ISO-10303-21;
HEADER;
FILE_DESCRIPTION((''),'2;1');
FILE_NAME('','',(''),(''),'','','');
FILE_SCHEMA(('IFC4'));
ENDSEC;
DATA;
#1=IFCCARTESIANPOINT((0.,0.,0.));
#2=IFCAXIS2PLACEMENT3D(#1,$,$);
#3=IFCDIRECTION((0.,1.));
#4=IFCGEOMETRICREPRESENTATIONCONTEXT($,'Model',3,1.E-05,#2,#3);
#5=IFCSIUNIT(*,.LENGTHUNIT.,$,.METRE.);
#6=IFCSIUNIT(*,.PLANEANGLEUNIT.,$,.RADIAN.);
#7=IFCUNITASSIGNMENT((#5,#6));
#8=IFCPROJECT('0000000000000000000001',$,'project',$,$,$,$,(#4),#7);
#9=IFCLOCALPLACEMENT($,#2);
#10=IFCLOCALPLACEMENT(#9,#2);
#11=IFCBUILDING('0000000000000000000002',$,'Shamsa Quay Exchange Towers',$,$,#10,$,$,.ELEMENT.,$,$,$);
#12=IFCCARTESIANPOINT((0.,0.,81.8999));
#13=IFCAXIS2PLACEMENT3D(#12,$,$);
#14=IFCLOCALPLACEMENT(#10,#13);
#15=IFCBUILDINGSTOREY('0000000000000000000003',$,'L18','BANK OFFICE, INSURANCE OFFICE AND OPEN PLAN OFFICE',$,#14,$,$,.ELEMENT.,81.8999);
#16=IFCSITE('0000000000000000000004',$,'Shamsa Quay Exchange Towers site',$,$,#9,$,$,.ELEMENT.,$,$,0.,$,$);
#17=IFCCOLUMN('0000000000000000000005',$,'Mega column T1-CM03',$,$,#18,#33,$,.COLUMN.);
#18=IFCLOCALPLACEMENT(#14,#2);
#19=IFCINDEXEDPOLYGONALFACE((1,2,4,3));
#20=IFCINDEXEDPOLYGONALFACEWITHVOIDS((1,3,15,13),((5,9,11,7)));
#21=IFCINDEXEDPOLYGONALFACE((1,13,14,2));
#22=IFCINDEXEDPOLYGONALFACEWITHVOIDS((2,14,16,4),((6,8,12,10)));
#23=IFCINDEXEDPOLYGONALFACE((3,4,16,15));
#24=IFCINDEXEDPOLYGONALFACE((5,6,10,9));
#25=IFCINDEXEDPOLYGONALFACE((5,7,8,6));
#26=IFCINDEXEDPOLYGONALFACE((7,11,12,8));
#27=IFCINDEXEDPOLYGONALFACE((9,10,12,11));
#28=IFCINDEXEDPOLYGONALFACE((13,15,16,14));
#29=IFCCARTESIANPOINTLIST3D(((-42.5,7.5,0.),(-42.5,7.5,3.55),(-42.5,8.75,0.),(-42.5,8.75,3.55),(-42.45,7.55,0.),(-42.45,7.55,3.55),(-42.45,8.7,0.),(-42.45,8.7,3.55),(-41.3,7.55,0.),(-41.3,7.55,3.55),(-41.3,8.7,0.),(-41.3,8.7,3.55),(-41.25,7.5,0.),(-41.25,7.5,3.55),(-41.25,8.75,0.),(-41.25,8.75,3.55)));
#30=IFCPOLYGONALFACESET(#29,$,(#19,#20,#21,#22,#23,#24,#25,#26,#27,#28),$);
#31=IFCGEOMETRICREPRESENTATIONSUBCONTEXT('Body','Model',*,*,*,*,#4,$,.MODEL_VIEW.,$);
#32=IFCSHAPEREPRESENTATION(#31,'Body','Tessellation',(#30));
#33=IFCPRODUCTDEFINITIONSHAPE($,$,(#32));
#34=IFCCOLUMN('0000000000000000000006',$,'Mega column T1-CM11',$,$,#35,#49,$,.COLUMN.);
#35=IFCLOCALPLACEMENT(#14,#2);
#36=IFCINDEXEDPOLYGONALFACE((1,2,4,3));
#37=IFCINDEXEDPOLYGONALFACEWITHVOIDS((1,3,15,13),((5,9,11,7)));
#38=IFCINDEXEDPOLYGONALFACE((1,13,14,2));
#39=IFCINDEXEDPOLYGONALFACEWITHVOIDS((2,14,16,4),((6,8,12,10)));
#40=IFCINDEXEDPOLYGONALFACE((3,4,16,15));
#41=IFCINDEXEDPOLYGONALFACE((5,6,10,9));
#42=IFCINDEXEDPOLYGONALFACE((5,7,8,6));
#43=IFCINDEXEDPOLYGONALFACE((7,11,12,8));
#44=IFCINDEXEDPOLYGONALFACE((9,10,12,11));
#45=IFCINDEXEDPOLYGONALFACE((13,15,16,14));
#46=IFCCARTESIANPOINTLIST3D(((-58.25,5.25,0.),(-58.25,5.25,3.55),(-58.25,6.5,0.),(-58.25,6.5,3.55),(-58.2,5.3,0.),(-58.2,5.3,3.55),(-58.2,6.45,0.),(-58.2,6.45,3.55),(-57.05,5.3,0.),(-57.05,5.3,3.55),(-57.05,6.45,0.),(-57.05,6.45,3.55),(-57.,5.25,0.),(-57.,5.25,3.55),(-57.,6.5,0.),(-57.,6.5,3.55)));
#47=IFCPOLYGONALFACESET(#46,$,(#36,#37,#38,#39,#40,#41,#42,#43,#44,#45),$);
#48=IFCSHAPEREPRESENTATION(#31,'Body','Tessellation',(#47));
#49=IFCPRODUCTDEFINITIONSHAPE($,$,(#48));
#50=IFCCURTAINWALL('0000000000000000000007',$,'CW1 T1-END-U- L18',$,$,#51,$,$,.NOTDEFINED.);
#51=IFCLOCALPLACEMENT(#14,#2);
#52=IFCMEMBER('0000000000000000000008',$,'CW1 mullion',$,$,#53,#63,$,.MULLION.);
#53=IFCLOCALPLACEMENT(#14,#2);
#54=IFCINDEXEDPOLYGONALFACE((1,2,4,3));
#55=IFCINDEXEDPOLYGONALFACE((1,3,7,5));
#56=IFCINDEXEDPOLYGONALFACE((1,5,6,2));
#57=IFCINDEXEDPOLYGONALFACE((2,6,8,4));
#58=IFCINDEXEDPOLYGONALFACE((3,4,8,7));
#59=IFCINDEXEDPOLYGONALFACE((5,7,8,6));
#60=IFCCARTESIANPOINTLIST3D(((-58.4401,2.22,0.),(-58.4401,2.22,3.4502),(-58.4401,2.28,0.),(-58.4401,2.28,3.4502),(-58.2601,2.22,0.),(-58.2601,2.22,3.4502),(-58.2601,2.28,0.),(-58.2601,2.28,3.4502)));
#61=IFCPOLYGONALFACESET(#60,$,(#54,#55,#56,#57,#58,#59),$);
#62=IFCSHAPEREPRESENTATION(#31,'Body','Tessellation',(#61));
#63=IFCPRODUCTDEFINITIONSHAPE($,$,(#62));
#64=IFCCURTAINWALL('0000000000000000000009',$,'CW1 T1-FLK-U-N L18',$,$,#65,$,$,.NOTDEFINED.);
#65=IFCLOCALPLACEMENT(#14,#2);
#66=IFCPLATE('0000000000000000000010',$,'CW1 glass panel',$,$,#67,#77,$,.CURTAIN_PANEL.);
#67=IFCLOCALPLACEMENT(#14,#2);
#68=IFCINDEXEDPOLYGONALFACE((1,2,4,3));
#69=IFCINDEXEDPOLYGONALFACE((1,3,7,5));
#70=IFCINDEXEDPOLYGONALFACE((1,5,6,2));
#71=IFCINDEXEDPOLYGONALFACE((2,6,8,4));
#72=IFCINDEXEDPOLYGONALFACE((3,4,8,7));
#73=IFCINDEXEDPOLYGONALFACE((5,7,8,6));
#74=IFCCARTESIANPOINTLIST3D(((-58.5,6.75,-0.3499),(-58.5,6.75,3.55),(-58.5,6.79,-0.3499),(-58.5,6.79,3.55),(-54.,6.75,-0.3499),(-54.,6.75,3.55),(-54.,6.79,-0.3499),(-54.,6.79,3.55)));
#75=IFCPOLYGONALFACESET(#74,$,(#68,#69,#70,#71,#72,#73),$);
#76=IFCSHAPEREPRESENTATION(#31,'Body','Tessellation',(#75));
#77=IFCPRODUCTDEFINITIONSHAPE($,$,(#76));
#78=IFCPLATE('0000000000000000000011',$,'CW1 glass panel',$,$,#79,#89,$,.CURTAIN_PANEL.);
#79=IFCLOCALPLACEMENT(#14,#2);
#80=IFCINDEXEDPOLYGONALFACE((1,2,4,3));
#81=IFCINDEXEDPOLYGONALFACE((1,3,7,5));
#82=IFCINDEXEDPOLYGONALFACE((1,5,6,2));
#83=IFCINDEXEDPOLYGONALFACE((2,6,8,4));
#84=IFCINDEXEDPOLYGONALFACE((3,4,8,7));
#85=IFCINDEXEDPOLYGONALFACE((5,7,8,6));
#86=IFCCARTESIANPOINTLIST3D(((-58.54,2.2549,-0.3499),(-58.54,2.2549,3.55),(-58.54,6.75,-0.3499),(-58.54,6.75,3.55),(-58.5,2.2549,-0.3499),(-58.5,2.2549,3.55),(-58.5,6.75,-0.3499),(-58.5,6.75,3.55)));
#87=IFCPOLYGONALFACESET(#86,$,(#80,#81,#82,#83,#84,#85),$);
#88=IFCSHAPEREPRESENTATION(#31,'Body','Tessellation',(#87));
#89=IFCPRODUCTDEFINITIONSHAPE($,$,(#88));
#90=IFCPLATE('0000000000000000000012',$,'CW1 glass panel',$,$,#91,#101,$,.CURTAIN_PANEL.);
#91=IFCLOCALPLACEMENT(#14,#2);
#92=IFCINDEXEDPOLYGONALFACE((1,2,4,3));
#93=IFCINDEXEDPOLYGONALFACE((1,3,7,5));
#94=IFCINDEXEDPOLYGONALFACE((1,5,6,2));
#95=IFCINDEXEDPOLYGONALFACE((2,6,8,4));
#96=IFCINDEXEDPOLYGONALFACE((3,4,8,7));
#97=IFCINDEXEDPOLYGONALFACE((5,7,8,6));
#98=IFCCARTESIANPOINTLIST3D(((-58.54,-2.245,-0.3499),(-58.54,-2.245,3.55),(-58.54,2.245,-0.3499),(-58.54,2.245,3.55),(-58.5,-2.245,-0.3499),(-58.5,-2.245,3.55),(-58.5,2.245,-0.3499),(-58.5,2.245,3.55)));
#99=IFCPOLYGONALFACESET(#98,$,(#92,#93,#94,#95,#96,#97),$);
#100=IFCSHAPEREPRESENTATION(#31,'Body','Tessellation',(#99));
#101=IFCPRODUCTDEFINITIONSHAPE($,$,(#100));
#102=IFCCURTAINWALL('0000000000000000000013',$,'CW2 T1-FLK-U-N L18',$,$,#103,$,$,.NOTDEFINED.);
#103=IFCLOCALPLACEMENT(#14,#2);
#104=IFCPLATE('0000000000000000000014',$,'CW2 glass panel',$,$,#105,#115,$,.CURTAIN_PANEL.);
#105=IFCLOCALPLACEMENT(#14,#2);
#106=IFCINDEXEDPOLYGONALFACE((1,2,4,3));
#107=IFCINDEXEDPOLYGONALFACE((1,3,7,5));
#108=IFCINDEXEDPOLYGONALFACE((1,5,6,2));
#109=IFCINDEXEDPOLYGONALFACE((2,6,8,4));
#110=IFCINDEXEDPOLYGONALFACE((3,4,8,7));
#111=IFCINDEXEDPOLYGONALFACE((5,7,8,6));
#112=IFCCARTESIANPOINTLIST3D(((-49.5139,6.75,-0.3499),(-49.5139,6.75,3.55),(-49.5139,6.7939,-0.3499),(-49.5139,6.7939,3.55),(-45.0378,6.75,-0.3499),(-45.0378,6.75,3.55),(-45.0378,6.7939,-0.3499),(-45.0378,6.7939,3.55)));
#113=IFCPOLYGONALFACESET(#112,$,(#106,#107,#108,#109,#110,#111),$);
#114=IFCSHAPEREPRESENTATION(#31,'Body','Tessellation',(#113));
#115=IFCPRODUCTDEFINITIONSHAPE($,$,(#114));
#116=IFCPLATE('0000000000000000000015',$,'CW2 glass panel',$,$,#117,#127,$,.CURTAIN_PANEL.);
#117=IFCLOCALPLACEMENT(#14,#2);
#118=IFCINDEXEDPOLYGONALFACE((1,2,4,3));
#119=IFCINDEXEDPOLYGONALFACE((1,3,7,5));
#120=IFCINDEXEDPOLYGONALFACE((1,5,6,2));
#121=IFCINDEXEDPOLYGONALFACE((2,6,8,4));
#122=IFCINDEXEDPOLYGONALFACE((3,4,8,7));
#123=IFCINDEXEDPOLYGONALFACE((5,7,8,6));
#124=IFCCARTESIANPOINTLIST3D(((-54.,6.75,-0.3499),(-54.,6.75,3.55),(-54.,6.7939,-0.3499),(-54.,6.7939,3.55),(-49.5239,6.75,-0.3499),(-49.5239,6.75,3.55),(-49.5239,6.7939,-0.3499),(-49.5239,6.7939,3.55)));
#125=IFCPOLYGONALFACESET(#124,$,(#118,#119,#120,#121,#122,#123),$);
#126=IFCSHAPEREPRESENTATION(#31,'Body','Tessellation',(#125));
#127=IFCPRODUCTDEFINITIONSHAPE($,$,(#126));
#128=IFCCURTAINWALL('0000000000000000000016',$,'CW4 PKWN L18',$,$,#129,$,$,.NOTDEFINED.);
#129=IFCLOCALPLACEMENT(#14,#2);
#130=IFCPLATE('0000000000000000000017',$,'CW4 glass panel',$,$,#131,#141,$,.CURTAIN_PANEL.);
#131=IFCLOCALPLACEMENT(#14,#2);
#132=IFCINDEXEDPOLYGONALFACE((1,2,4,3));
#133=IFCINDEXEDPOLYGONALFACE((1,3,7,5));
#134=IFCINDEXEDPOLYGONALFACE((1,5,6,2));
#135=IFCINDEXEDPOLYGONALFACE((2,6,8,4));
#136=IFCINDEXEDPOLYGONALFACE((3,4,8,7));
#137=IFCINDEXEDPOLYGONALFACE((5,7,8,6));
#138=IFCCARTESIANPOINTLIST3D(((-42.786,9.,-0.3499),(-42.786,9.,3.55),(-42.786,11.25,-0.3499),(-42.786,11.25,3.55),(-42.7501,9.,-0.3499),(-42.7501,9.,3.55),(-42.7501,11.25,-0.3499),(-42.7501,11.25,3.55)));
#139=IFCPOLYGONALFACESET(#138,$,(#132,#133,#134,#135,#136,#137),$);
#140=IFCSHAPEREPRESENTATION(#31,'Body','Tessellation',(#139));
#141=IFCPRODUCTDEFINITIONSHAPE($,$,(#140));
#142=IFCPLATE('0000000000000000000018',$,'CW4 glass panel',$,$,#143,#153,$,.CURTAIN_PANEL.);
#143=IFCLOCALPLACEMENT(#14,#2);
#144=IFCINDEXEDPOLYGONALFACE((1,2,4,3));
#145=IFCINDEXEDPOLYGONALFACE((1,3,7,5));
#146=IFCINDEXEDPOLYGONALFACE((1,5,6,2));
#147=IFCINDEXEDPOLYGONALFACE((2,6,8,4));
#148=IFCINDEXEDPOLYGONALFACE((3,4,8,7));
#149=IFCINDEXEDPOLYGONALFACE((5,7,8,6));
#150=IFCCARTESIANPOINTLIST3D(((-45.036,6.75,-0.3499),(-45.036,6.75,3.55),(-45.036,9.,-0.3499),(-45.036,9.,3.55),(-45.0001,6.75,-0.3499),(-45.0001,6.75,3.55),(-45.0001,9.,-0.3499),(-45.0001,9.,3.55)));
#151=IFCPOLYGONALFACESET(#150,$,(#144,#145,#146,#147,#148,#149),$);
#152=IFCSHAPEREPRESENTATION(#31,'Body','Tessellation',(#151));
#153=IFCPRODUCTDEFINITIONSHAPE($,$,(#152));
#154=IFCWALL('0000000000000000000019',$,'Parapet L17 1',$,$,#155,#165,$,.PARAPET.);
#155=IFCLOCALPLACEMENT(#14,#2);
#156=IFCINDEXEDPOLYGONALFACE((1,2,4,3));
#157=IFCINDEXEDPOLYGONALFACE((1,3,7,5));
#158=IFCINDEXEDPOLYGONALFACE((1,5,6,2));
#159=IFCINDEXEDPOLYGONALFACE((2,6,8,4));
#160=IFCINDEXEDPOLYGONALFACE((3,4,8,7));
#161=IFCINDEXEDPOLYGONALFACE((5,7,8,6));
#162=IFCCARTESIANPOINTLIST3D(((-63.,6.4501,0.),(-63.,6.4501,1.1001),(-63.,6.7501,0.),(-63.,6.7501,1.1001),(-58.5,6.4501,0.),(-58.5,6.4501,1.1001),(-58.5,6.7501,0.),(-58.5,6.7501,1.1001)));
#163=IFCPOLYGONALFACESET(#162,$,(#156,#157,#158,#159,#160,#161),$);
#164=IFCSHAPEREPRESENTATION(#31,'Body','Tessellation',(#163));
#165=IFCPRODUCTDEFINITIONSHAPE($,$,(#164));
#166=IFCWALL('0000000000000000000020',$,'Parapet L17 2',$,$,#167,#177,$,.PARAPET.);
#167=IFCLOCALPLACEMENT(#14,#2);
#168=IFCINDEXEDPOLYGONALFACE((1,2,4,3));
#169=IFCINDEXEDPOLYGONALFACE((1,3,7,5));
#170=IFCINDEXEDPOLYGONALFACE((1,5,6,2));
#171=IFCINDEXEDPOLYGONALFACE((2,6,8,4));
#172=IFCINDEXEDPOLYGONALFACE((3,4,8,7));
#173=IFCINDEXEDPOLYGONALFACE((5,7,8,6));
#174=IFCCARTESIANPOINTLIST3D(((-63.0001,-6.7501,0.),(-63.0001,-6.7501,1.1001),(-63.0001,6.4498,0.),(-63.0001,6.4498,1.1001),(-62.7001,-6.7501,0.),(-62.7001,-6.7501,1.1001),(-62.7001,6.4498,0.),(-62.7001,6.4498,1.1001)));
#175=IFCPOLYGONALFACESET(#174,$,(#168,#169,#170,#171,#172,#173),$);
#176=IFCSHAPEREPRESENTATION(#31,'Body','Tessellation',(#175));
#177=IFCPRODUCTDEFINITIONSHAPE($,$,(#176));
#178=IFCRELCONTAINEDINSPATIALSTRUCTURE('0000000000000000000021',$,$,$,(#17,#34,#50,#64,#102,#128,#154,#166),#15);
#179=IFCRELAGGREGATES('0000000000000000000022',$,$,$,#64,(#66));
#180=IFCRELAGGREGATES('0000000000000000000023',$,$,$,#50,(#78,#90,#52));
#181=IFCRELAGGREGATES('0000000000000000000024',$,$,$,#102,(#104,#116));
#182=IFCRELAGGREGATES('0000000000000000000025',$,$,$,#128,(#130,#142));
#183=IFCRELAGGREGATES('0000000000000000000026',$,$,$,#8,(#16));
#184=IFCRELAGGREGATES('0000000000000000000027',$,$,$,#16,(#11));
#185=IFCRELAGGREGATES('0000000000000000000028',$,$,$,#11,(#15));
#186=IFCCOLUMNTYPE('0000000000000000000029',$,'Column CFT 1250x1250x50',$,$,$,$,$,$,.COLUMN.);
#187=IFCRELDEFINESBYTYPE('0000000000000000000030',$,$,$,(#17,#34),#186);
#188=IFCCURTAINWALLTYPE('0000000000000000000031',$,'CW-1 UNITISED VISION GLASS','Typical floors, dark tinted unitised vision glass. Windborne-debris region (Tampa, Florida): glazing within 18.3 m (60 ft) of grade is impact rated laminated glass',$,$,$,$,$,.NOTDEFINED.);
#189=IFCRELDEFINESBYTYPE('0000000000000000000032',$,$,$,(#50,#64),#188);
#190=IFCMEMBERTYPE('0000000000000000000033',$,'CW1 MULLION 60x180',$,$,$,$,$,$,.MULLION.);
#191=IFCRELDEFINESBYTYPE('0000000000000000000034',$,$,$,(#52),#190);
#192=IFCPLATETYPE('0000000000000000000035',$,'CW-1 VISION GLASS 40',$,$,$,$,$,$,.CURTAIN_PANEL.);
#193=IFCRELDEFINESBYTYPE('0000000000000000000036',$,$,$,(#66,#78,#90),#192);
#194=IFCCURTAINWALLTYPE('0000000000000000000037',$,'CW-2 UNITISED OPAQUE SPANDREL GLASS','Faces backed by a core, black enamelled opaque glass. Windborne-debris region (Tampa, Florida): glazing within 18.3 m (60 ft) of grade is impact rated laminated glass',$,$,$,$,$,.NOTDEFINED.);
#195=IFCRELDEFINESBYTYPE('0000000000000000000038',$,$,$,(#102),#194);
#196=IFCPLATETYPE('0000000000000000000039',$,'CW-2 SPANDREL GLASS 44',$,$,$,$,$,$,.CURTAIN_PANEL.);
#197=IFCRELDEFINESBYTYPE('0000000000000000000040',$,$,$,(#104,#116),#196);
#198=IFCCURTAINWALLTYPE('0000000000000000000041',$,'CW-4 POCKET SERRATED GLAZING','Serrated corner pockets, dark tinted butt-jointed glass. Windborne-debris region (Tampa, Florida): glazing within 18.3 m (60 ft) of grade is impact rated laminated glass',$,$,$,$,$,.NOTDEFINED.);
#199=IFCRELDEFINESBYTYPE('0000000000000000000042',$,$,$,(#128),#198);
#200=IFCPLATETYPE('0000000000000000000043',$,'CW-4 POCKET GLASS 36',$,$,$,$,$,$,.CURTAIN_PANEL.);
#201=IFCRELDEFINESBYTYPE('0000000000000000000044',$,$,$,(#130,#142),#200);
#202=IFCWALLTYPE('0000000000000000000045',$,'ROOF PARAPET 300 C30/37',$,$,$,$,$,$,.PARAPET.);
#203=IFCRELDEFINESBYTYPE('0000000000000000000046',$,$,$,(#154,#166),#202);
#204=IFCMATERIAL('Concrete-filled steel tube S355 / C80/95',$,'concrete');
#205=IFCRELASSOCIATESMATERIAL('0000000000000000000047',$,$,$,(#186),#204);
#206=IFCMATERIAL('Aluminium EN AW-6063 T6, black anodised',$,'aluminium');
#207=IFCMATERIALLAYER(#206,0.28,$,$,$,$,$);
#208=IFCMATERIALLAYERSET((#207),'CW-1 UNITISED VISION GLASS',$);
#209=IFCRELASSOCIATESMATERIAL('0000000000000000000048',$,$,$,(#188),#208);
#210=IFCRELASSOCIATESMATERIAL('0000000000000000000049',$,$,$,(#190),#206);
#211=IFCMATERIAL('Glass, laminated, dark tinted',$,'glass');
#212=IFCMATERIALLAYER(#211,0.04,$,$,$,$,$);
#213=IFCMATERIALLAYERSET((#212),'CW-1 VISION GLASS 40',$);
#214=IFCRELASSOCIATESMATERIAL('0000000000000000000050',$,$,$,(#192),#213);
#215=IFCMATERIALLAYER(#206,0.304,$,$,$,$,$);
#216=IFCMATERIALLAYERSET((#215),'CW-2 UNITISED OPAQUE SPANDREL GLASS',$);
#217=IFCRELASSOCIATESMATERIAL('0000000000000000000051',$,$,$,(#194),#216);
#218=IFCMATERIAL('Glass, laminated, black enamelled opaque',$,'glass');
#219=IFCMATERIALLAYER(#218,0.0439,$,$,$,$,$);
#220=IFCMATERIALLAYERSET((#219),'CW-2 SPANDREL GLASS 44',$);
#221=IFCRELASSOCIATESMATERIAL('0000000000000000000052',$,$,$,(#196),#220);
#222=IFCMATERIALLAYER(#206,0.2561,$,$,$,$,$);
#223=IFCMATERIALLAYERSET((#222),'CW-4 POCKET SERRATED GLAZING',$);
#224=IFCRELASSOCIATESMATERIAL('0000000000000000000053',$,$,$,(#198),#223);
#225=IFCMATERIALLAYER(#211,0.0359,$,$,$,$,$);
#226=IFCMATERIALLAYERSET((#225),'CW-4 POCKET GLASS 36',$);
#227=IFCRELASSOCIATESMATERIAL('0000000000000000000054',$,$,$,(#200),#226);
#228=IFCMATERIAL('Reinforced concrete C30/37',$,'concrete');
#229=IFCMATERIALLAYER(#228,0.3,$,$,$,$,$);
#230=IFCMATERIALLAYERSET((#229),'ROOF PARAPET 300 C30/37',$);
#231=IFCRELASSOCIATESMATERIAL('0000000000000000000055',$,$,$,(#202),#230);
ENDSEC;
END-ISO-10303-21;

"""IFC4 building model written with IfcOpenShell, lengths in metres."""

from ifc_helpers import new_model, si_unit, direction, frame, frame_2d, origin, origin_2d, place, context, subcontext, project, spatial, rectangle, hollow_rectangle, extrude, material, layer, layer_set, material_profile, profile_set, type_object, element, aggregate, save


model = new_model("IFC4")

# Units and contexts
model_context = context("Model", 3, precision=1e-05, world=origin(), true_north=direction((0.0, 1.0)))
body_context = subcontext(model_context, "Body", "Model", "MODEL_VIEW")
ifc_project = project(units=[si_unit("LENGTHUNIT", "METRE"), si_unit("PLANEANGLEUNIT", "RADIAN")], contexts=[model_context])

# Site, building, storey
site_placement = place(None, origin())
site = spatial("IfcSite", under=ifc_project, at=site_placement, Name="Shamsa Quay Exchange Towers site", CompositionType="ELEMENT", RefElevation=0.0)
building_placement = place(site_placement, origin())
building = spatial("IfcBuilding", under=site, at=building_placement, Name="Shamsa Quay Exchange Towers", CompositionType="ELEMENT")
storey_placement = place(building_placement, frame((0.0, 0.0, 81.8999)))
storey = spatial("IfcBuildingStorey", under=building, at=storey_placement, Name="L18", Description="BANK OFFICE, INSURANCE OFFICE AND OPEN PLAN OFFICE", CompositionType="ELEMENT", Elevation=81.8999)

# Columns
ifc_material_1 = material(Name="Concrete-filled steel tube S355 / C80/95", Category="concrete")
ifc_material_profile_1 = material_profile(ifc_material_1, hollow_rectangle(XDim=1.25, YDim=1.25, WallThickness=0.05, at=origin_2d()), Name="CFT 1250x1250x50")
ifc_profile_set_1 = profile_set([ifc_material_profile_1], Name="Concrete-filled steel tube S355 / C80/95")
column_type = type_object("IfcColumnType", Name="Column CFT 1250x1250x50", PredefinedType="COLUMN", material=ifc_profile_set_1)
for number, where, name in (
    (1, (-41.875, 8.125, 0.0), "Mega column T1-CM03"),
    (2, (-57.625, 5.875, 0.0), "Mega column T1-CM11"),
):
    element("IfcColumn", number, at=place(storey_placement, frame(where)), inside=storey, type_object=column_type, Name=name, PredefinedType="COLUMN", context=body_context, shape_type="SweptSolid", body=[
        extrude(hollow_rectangle(XDim=1.25, YDim=1.25, WallThickness=0.05, at=origin_2d()), origin(), (0.0, 0.0, 1.0), 3.55),
    ])

# Curtain wall, member
ifc_material_2 = material(Name="Aluminium EN AW-6063 T6, black anodised", Category="aluminium")
ifc_layer_1 = layer(ifc_material_2, 0.28)
ifc_layer_set_1 = layer_set([ifc_layer_1], Name="CW-1 UNITISED VISION GLASS")
curtain_wall_type_1 = type_object("IfcCurtainWallType", Name="CW-1 UNITISED VISION GLASS", Description="Typical floors, dark tinted unitised vision glass. Windborne-debris region (Tampa, Florida): glazing within 18.3 m (60 ft) of grade is impact rated laminated glass", PredefinedType="NOTDEFINED", material=ifc_layer_set_1)
curtain_wall_1_placement = place(storey_placement, origin())
curtain_wall_1 = element("IfcCurtainWall", 3, at=curtain_wall_1_placement, inside=storey, type_object=curtain_wall_type_1, Name="CW1 T1-END-U- L18", PredefinedType="NOTDEFINED")
ifc_material_profile_2 = material_profile(ifc_material_2, rectangle(XDim=0.1799, YDim=0.0601, at=origin_2d()), Name="MU60x180")
ifc_profile_set_2 = profile_set([ifc_material_profile_2], Name="Aluminium EN AW-6063 T6, black anodised")
member_type = type_object("IfcMemberType", Name="CW1 MULLION 60x180", PredefinedType="MULLION", material=ifc_profile_set_2)
member_placement = place(storey_placement, frame((-58.3501, 2.25, 0.0)))
member = element("IfcMember", 4, at=member_placement, type_object=member_type, Name="CW1 mullion", PredefinedType="MULLION", context=body_context, shape_type="SweptSolid", body=[
    extrude(rectangle(XDim=0.1799, YDim=0.0601, at=origin_2d()), origin(), (0.0, 0.0, 1.0), 3.4502),
])

# Curtain wall, plate
curtain_wall_2_placement = place(storey_placement, origin())
curtain_wall_2 = element("IfcCurtainWall", 5, at=curtain_wall_2_placement, inside=storey, type_object=curtain_wall_type_1, Name="CW1 T1-FLK-U-N L18", PredefinedType="NOTDEFINED")
ifc_material_3 = material(Name="Glass, laminated, dark tinted", Category="glass")
ifc_layer_2 = layer(ifc_material_3, 0.04)
ifc_layer_set_2 = layer_set([ifc_layer_2], Name="CW-1 VISION GLASS 40")
plate_type_1 = type_object("IfcPlateType", Name="CW-1 VISION GLASS 40", PredefinedType="CURTAIN_PANEL", material=ifc_layer_set_2)
plate_1_placement = place(storey_placement, frame((-56.25, 6.77, -0.3499), z_axis=(0.0, 0.0, 1.0), x_axis=(-1.0, 0.0, 0.0)))
plate_1 = element("IfcPlate", 6, at=plate_1_placement, type_object=plate_type_1, Name="CW1 glass panel", PredefinedType="CURTAIN_PANEL", context=body_context, shape_type="SweptSolid", body=[
    extrude(rectangle(XDim=4.5, YDim=0.04, at=origin_2d()), origin(), (0.0, 0.0, 1.0), 3.8999),
])
aggregate(curtain_wall_2, [plate_1])

# Plates
plate_2_placement = place(storey_placement, frame((-58.52, 4.5024, -0.3499), z_axis=(0.0, 0.0, 1.0), x_axis=(0.0, -1.0, 0.0)))
plate_2 = element("IfcPlate", 7, at=plate_2_placement, type_object=plate_type_1, Name="CW1 glass panel", PredefinedType="CURTAIN_PANEL", context=body_context, shape_type="SweptSolid", body=[
    extrude(rectangle(XDim=4.4951, YDim=0.04, at=origin_2d()), origin(), (0.0, 0.0, 1.0), 3.8999),
])
plate_3_placement = place(storey_placement, frame((-58.52, 0.0, -0.3499), z_axis=(0.0, 0.0, 1.0), x_axis=(0.0, -1.0, 0.0)))
plate_3 = element("IfcPlate", 8, at=plate_3_placement, type_object=plate_type_1, Name="CW1 glass panel", PredefinedType="CURTAIN_PANEL", context=body_context, shape_type="SweptSolid", body=[
    extrude(rectangle(XDim=4.49, YDim=0.04, at=origin_2d()), origin(), (0.0, 0.0, 1.0), 3.8999),
])
aggregate(curtain_wall_1, [plate_2, plate_3, member])

# Curtain walls, plates
ifc_layer_3 = layer(ifc_material_2, 0.304)
ifc_layer_set_3 = layer_set([ifc_layer_3], Name="CW-2 UNITISED OPAQUE SPANDREL GLASS")
curtain_wall_type_2 = type_object("IfcCurtainWallType", Name="CW-2 UNITISED OPAQUE SPANDREL GLASS", Description="Faces backed by a core, black enamelled opaque glass. Windborne-debris region (Tampa, Florida): glazing within 18.3 m (60 ft) of grade is impact rated laminated glass", PredefinedType="NOTDEFINED", material=ifc_layer_set_3)
curtain_wall_3_placement = place(storey_placement, origin())
curtain_wall_3 = element("IfcCurtainWall", 9, at=curtain_wall_3_placement, inside=storey, type_object=curtain_wall_type_2, Name="CW2 T1-FLK-U-N L18", PredefinedType="NOTDEFINED")
ifc_material_4 = material(Name="Glass, laminated, black enamelled opaque", Category="glass")
ifc_layer_4 = layer(ifc_material_4, 0.0439)
ifc_layer_set_4 = layer_set([ifc_layer_4], Name="CW-2 SPANDREL GLASS 44")
plate_type_2 = type_object("IfcPlateType", Name="CW-2 SPANDREL GLASS 44", PredefinedType="CURTAIN_PANEL", material=ifc_layer_set_4)
plate_4_placement = place(storey_placement, frame((-47.2759, 6.772, -0.3499), z_axis=(0.0, 0.0, 1.0), x_axis=(-1.0, 0.0, 0.0)))
plate_4 = element("IfcPlate", 10, at=plate_4_placement, type_object=plate_type_2, Name="CW2 glass panel", PredefinedType="CURTAIN_PANEL", context=body_context, shape_type="SweptSolid", body=[
    extrude(rectangle(XDim=4.4761, YDim=0.0439, at=origin_2d()), origin(), (0.0, 0.0, 1.0), 3.8999),
])
plate_5_placement = place(storey_placement, frame((-51.762, 6.772, -0.3499), z_axis=(0.0, 0.0, 1.0), x_axis=(-1.0, 0.0, 0.0)))
plate_5 = element("IfcPlate", 11, at=plate_5_placement, type_object=plate_type_2, Name="CW2 glass panel", PredefinedType="CURTAIN_PANEL", context=body_context, shape_type="SweptSolid", body=[
    extrude(rectangle(XDim=4.4761, YDim=0.0439, at=origin_2d()), origin(), (0.0, 0.0, 1.0), 3.8999),
])
aggregate(curtain_wall_3, [plate_4, plate_5])
ifc_layer_5 = layer(ifc_material_2, 0.2561)
ifc_layer_set_5 = layer_set([ifc_layer_5], Name="CW-4 POCKET SERRATED GLAZING")
curtain_wall_type_3 = type_object("IfcCurtainWallType", Name="CW-4 POCKET SERRATED GLAZING", Description="Serrated corner pockets, dark tinted butt-jointed glass. Windborne-debris region (Tampa, Florida): glazing within 18.3 m (60 ft) of grade is impact rated laminated glass", PredefinedType="NOTDEFINED", material=ifc_layer_set_5)
curtain_wall_4_placement = place(storey_placement, origin())
curtain_wall_4 = element("IfcCurtainWall", 12, at=curtain_wall_4_placement, inside=storey, type_object=curtain_wall_type_3, Name="CW4 PKWN L18", PredefinedType="NOTDEFINED")
ifc_layer_6 = layer(ifc_material_3, 0.0359)
ifc_layer_set_6 = layer_set([ifc_layer_6], Name="CW-4 POCKET GLASS 36")
plate_type_3 = type_object("IfcPlateType", Name="CW-4 POCKET GLASS 36", PredefinedType="CURTAIN_PANEL", material=ifc_layer_set_6)
plate_6_placement = place(storey_placement, frame((-42.7681, 10.125, -0.3499), z_axis=(0.0, 0.0, 1.0), x_axis=(0.0, -1.0, 0.0)))
plate_6 = element("IfcPlate", 13, at=plate_6_placement, type_object=plate_type_3, Name="CW4 glass panel", PredefinedType="CURTAIN_PANEL", context=body_context, shape_type="SweptSolid", body=[
    extrude(rectangle(XDim=2.25, YDim=0.0359, at=origin_2d()), origin(), (0.0, 0.0, 1.0), 3.8999),
])
plate_7_placement = place(storey_placement, frame((-45.0181, 7.875, -0.3499), z_axis=(0.0, 0.0, 1.0), x_axis=(0.0, -1.0, 0.0)))
plate_7 = element("IfcPlate", 14, at=plate_7_placement, type_object=plate_type_3, Name="CW4 glass panel", PredefinedType="CURTAIN_PANEL", context=body_context, shape_type="SweptSolid", body=[
    extrude(rectangle(XDim=2.25, YDim=0.0359, at=origin_2d()), origin(), (0.0, 0.0, 1.0), 3.8999),
])
aggregate(curtain_wall_4, [plate_6, plate_7])

# Walls
ifc_material_5 = material(Name="Reinforced concrete C30/37", Category="concrete")
ifc_layer_7 = layer(ifc_material_5, 0.3)
ifc_layer_set_7 = layer_set([ifc_layer_7], Name="ROOF PARAPET 300 C30/37")
wall_type_1 = type_object("IfcWallType", Name="ROOF PARAPET 300 C30/37", PredefinedType="PARAPET", material=ifc_layer_set_7)
wall_1_placement = place(storey_placement, frame((-58.5, 6.6001, 0.0), z_axis=(0.0, 0.0, 1.0), x_axis=(-1.0, 0.0, 0.0)))
element("IfcWall", 15, at=wall_1_placement, inside=storey, type_object=wall_type_1, Name="Parapet L17 1", PredefinedType="PARAPET", context=body_context, shape_type="SweptSolid", body=[
    extrude(rectangle(XDim=4.5, YDim=0.3, at=frame_2d((2.25, 0.0))), origin(), (0.0, 0.0, 1.0), 1.1001),
])
wall_2_placement = place(storey_placement, frame((-62.8501, 6.45, 0.0), z_axis=(0.0, 0.0, 1.0), x_axis=(0.0, -1.0, 0.0)))
element("IfcWall", 16, at=wall_2_placement, inside=storey, type_object=wall_type_1, Name="Parapet L17 2", PredefinedType="PARAPET", context=body_context, shape_type="SweptSolid", body=[
    extrude(rectangle(XDim=13.2, YDim=0.3, at=frame_2d((6.6001, 0.0))), origin(), (0.0, 0.0, 1.0), 1.1001),
])

save(model, "model.ifc")
